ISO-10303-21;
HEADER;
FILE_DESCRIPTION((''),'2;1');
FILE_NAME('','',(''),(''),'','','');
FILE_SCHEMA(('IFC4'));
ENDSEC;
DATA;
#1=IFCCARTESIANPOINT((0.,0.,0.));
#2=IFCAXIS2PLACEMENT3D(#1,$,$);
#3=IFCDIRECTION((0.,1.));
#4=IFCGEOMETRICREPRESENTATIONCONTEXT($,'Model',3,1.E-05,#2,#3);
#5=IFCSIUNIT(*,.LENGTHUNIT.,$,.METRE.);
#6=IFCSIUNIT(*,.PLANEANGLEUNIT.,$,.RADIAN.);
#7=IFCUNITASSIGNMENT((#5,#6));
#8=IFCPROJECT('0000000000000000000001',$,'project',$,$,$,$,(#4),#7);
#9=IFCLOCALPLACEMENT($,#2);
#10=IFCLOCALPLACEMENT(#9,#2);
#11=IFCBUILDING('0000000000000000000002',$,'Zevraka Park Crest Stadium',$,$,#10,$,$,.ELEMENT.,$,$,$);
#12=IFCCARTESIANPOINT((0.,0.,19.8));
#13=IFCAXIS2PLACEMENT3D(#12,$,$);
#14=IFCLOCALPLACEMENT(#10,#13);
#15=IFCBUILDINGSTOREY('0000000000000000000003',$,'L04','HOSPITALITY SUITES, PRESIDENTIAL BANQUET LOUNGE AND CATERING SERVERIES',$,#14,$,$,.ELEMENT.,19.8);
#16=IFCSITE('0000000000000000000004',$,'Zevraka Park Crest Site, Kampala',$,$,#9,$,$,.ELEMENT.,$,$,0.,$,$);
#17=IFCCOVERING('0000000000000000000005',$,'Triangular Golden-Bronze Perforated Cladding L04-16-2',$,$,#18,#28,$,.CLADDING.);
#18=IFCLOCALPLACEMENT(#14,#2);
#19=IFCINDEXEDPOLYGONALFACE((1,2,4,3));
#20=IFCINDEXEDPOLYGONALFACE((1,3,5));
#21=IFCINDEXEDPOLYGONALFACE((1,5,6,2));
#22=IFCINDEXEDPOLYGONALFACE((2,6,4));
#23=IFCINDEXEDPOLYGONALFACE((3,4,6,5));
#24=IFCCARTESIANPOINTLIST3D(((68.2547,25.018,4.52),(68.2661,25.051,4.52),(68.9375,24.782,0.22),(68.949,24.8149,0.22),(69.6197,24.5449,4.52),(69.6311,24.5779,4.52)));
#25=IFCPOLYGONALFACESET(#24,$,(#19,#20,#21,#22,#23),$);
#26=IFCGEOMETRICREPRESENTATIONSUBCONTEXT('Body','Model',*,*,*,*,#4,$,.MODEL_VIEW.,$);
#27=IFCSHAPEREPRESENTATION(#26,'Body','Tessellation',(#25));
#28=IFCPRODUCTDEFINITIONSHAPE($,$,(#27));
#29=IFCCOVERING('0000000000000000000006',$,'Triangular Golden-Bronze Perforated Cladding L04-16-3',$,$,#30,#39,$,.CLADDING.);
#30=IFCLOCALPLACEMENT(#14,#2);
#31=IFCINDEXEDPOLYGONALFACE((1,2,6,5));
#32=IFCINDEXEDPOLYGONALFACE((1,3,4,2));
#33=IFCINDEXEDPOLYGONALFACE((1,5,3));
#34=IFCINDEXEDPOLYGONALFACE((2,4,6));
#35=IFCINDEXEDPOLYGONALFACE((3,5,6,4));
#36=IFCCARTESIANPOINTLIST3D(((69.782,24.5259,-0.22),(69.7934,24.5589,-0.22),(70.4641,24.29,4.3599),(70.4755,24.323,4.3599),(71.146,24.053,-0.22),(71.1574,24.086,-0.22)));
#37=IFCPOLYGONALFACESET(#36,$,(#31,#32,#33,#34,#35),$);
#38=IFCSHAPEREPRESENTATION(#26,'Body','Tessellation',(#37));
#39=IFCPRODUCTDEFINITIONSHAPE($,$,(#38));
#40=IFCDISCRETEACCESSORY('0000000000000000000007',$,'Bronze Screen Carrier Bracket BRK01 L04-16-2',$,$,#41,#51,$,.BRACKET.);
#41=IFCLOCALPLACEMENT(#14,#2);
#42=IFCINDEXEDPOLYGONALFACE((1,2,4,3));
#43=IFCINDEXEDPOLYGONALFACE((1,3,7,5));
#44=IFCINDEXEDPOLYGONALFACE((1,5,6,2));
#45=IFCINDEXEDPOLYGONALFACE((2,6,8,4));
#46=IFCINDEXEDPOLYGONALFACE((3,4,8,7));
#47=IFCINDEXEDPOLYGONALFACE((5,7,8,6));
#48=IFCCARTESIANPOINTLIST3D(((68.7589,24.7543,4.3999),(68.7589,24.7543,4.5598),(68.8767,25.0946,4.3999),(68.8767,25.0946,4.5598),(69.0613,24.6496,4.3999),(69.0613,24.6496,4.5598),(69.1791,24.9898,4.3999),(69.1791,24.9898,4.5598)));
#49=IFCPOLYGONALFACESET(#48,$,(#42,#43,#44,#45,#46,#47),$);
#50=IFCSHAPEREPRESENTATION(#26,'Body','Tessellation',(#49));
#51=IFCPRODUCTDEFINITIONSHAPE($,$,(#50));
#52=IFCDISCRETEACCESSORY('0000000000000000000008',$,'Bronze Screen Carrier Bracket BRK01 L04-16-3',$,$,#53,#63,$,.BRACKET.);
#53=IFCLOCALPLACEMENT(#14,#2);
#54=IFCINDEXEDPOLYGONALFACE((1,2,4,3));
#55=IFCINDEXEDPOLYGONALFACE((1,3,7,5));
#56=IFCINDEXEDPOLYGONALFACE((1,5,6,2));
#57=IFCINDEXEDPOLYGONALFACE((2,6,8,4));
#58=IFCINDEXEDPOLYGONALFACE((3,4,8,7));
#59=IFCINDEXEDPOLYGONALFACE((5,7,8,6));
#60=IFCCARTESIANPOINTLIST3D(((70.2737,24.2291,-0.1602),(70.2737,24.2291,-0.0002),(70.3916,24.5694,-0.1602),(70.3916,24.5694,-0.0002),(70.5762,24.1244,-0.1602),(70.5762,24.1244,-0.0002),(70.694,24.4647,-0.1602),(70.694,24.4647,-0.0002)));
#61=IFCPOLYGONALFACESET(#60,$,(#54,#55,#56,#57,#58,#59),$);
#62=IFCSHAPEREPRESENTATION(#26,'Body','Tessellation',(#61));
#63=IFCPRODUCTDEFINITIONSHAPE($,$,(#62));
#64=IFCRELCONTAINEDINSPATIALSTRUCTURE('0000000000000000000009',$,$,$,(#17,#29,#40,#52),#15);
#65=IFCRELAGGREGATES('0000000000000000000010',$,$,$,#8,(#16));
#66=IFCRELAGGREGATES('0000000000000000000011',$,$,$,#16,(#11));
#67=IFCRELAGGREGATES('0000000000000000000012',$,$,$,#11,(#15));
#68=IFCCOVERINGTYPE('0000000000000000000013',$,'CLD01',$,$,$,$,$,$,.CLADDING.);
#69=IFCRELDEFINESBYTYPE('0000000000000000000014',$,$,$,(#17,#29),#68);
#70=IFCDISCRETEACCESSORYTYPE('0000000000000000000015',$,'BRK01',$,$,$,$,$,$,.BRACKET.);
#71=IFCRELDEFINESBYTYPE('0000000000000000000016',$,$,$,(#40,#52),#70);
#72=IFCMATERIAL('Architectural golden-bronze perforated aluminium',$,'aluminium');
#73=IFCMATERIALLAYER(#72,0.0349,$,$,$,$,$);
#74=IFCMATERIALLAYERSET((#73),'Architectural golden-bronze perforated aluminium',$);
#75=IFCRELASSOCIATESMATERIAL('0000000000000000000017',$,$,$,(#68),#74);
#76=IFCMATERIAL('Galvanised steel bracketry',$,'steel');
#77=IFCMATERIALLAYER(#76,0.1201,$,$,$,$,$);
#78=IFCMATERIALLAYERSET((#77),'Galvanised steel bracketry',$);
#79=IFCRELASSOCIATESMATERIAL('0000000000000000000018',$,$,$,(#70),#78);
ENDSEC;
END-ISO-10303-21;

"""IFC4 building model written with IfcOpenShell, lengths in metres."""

from ifc_helpers import new_model, si_unit, direction, frame, origin, origin_2d, place, context, subcontext, project, spatial, polyline, rectangle, outline, extrude, material, layer, layer_set, type_object, element, save


model = new_model("IFC4")

# Units and contexts
model_context = context("Model", 3, precision=1e-05, world=origin(), true_north=direction((0.0, 1.0)))
body_context = subcontext(model_context, "Body", "Model", "MODEL_VIEW")
ifc_project = project(units=[si_unit("LENGTHUNIT", "METRE"), si_unit("PLANEANGLEUNIT", "RADIAN")], contexts=[model_context])

# Site, building, storey
site_placement = place(None, origin())
site = spatial("IfcSite", under=ifc_project, at=site_placement, Name="Zevraka Park Crest Site, Kampala", CompositionType="ELEMENT", RefElevation=0.0)
building_placement = place(site_placement, origin())
building = spatial("IfcBuilding", under=site, at=building_placement, Name="Zevraka Park Crest Stadium", CompositionType="ELEMENT")
storey_placement = place(building_placement, frame((0.0, 0.0, 19.8)))
storey = spatial("IfcBuildingStorey", under=building, at=storey_placement, Name="L04", Description="HOSPITALITY SUITES, PRESIDENTIAL BANQUET LOUNGE AND CATERING SERVERIES", CompositionType="ELEMENT", Elevation=19.8)

# Coverings
ifc_material_1 = material(Name="Architectural golden-bronze perforated aluminium", Category="aluminium")
ifc_layer_1 = layer(ifc_material_1, 0.0349)
ifc_layer_set_1 = layer_set([ifc_layer_1], Name="Architectural golden-bronze perforated aluminium")
covering_type = type_object("IfcCoveringType", Name="CLD01", PredefinedType="CLADDING", material=ifc_layer_set_1)
covering_1_placement = place(storey_placement, frame((69.6311, 24.5779, 4.52), z_axis=(0.327511, 0.944847, 0.000135), x_axis=(-0.944847, 0.327511, 0.0)))
element("IfcCovering", 1, at=covering_1_placement, inside=storey, type_object=covering_type, Name="Triangular Golden-Bronze Perforated Cladding L04-16-2", PredefinedType="CLADDING", context=body_context, shape_type="SweptSolid", body=[
    extrude(outline(polyline([(0.0, 0.0), (1.4447, 0.0), (0.7221, -4.3), (0.0, 0.0)])), origin(), (0.0, 0.0, -1.0), 0.0349),
])
covering_2_placement = place(storey_placement, frame((69.782, 24.5259, -0.22), z_axis=(-0.327569, -0.944827, 0.000135), x_axis=(0.944827, -0.327569, 0.0)))
element("IfcCovering", 2, at=covering_2_placement, inside=storey, type_object=covering_type, Name="Triangular Golden-Bronze Perforated Cladding L04-16-3", PredefinedType="CLADDING", context=body_context, shape_type="SweptSolid", body=[
    extrude(outline(polyline([(0.0, 0.0), (1.4437, 0.0), (0.7217, 4.5798), (0.0, 0.0)])), origin(), (0.0, 0.0, -1.0), 0.0349),
])

# Discrete accessories
ifc_material_2 = material(Name="Galvanised steel bracketry", Category="steel")
ifc_layer_2 = layer(ifc_material_2, 0.1201)
ifc_layer_set_2 = layer_set([ifc_layer_2], Name="Galvanised steel bracketry")
discrete_accessory_type = type_object("IfcDiscreteAccessoryType", Name="BRK01", PredefinedType="BRACKET", material=ifc_layer_set_2)
for number, where, z_axis, x_axis, name in (
    (3, (68.969, 24.8721, 4.3999), (0.0, 0.0, 1.0), (0.944949, -0.327218, 0.0), "Bronze Screen Carrier Bracket BRK01 L04-16-2"),
    (4, (70.4839, 24.3469, -0.1602), (0.0, 0.0, 1.0), (0.944949, -0.327218, 0.0), "Bronze Screen Carrier Bracket BRK01 L04-16-3"),
):
    element("IfcDiscreteAccessory", number, at=place(storey_placement, frame(where, z_axis=z_axis, x_axis=x_axis)), inside=storey, type_object=discrete_accessory_type, Name=name, PredefinedType="BRACKET", context=body_context, shape_type="SweptSolid", body=[
        extrude(rectangle(XDim=0.3201, YDim=0.3601, at=origin_2d()), origin(), (0.0, 0.0, 1.0), 0.1599),
    ])

save(model, "model.ifc")
